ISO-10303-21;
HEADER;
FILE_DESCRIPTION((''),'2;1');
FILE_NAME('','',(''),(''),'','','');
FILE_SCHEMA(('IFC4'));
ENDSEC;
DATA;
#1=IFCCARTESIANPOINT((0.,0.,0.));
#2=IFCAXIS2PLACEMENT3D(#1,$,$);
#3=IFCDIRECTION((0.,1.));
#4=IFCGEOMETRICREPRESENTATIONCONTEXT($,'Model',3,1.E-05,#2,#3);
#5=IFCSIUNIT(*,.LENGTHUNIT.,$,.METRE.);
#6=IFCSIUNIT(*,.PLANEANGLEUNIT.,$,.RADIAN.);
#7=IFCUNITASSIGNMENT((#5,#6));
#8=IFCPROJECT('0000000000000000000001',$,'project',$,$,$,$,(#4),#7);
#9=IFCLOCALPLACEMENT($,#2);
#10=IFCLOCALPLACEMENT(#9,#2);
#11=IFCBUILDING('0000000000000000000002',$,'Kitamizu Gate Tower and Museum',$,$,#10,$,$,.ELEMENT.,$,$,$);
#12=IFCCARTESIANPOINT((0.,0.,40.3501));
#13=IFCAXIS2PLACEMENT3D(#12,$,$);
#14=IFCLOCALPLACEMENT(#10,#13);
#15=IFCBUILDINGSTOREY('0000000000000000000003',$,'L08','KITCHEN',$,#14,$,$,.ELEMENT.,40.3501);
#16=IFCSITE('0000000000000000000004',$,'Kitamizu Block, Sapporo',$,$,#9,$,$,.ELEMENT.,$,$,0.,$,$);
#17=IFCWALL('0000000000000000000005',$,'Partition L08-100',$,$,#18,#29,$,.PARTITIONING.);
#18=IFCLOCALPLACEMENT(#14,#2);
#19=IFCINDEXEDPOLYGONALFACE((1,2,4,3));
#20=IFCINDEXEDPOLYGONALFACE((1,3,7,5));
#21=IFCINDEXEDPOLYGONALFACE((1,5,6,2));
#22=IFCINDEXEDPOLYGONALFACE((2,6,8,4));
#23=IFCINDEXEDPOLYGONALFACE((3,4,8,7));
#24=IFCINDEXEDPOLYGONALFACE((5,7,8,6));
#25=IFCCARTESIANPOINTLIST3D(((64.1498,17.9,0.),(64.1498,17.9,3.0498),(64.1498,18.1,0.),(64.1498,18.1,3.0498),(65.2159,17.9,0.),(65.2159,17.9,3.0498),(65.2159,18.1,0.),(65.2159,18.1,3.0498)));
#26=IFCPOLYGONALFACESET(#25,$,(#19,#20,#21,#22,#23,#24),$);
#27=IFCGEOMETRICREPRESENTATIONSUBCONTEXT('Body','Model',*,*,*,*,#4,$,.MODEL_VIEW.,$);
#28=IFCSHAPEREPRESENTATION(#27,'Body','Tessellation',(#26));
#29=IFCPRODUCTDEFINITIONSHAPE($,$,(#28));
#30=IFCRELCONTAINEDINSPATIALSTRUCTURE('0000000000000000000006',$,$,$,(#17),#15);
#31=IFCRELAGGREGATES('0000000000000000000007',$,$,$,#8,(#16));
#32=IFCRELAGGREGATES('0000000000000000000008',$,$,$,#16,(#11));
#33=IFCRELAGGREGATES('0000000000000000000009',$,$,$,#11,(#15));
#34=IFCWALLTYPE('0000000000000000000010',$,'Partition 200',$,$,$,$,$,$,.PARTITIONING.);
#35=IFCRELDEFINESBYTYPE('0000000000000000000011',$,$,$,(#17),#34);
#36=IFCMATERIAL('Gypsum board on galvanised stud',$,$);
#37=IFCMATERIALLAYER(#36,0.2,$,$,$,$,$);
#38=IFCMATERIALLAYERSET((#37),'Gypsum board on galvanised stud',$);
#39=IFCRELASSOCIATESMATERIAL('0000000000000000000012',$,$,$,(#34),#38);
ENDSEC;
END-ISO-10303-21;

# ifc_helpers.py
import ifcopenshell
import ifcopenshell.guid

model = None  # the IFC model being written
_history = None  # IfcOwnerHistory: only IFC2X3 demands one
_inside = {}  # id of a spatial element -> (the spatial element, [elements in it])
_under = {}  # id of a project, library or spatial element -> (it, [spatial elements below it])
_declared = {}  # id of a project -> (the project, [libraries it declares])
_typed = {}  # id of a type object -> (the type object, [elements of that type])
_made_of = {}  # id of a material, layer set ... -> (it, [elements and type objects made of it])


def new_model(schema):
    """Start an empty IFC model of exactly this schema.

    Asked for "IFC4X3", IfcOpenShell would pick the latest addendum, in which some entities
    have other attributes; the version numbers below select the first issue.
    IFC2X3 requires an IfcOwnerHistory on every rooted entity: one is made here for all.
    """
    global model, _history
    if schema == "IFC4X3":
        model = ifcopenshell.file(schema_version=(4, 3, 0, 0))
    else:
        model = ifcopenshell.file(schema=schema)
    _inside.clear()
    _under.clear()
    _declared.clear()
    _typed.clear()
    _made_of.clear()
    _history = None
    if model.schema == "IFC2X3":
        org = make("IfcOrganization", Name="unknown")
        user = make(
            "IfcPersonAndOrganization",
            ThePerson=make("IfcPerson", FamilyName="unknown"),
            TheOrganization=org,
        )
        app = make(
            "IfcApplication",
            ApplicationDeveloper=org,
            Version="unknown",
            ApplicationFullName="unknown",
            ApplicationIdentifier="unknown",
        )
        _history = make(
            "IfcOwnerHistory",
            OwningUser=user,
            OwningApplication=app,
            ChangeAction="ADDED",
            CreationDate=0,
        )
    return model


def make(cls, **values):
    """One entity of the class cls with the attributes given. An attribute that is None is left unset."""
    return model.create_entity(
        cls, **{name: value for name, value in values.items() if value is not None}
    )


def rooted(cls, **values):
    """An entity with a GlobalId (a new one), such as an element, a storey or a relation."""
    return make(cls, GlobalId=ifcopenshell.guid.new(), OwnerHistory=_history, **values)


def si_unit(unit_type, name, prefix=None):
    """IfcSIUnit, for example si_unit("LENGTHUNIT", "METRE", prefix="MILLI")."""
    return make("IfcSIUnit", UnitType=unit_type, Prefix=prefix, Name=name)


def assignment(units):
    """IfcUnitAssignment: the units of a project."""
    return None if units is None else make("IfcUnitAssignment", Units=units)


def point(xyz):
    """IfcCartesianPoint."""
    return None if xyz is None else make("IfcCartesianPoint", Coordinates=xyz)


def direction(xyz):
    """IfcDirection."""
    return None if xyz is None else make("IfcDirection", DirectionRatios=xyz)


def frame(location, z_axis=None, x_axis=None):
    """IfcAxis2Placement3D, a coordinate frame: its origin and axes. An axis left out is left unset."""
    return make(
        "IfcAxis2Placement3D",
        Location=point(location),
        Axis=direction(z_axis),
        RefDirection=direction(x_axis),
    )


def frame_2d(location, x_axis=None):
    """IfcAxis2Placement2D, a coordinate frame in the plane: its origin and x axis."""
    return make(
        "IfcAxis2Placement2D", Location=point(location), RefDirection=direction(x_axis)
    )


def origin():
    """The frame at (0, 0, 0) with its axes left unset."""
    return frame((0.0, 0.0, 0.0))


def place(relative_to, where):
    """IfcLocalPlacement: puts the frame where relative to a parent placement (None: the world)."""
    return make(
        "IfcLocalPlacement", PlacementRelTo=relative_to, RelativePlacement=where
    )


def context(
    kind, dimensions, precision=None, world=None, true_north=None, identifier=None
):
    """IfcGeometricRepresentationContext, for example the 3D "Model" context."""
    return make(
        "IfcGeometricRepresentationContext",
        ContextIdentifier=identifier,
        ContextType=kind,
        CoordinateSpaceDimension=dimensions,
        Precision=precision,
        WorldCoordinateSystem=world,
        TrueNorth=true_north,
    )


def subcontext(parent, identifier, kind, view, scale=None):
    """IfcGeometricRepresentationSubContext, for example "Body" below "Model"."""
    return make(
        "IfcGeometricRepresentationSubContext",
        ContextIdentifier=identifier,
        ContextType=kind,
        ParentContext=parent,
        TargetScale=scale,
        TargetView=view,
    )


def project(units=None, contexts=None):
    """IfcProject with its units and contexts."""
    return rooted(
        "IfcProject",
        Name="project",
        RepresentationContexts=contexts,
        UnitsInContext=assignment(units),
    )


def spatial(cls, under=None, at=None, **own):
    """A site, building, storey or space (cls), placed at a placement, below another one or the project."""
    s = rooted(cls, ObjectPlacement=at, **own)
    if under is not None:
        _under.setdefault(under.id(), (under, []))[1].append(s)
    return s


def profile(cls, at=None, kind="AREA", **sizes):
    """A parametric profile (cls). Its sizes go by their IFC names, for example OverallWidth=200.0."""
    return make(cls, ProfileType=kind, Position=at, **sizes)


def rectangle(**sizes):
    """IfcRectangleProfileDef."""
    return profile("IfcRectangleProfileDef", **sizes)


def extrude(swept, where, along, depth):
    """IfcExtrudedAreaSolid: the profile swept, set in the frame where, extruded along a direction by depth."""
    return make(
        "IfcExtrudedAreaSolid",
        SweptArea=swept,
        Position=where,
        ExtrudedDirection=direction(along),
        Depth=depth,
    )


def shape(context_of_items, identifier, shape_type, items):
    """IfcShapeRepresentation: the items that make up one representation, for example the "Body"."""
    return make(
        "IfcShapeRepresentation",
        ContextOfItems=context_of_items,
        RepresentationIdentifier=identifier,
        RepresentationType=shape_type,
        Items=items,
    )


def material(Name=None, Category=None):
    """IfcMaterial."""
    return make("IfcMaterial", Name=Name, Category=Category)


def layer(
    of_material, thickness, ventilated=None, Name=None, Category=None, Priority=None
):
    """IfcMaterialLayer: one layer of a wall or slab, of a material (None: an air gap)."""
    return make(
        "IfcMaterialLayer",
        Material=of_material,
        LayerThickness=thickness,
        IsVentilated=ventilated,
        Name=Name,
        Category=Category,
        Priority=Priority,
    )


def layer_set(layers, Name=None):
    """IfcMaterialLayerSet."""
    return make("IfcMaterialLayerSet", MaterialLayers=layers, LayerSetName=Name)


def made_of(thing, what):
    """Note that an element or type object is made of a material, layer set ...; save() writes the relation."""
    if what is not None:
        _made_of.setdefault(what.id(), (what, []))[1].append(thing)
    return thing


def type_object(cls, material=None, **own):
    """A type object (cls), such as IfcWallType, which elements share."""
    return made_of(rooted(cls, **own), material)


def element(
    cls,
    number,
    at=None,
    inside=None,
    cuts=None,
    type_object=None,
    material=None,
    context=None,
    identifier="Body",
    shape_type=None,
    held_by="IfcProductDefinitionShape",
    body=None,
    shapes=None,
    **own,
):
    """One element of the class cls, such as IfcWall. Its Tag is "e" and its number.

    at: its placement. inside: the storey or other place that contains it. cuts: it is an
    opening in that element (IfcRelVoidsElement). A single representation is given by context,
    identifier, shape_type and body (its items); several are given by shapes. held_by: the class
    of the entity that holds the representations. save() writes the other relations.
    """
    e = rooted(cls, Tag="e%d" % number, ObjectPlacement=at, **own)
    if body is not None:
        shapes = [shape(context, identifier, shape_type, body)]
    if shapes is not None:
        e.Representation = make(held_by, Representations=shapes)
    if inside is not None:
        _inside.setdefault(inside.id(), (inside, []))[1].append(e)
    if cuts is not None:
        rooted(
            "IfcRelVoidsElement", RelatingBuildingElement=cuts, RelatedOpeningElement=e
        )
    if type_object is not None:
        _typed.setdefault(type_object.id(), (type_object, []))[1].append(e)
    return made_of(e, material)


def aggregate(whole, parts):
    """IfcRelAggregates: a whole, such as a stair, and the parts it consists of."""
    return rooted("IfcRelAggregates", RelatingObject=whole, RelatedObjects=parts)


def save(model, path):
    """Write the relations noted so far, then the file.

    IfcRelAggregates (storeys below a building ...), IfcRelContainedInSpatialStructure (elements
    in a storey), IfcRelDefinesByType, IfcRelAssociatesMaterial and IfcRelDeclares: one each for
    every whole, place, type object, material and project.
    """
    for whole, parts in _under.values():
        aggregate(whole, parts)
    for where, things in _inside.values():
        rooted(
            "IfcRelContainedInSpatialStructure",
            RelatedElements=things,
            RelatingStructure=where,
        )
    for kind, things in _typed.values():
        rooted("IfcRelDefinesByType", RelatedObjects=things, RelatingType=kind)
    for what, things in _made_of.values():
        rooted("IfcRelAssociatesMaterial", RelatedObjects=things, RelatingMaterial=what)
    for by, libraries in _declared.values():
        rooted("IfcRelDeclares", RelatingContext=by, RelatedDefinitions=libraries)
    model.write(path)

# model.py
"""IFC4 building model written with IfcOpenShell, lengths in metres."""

from ifc_helpers import new_model, si_unit, direction, frame, frame_2d, origin, place, context, subcontext, project, spatial, rectangle, extrude, material, layer, layer_set, type_object, element, save


model = new_model("IFC4")

# Units and contexts
model_context = context("Model", 3, precision=1e-05, world=origin(), true_north=direction((0.0, 1.0)))
body_context = subcontext(model_context, "Body", "Model", "MODEL_VIEW")
ifc_project = project(units=[si_unit("LENGTHUNIT", "METRE"), si_unit("PLANEANGLEUNIT", "RADIAN")], contexts=[model_context])

# Site, building, storey
site_placement = place(None, origin())
site = spatial("IfcSite", under=ifc_project, at=site_placement, Name="Kitamizu Block, Sapporo", CompositionType="ELEMENT", RefElevation=0.0)
building_placement = place(site_placement, origin())
building = spatial("IfcBuilding", under=site, at=building_placement, Name="Kitamizu Gate Tower and Museum", CompositionType="ELEMENT")
storey_placement = place(building_placement, frame((0.0, 0.0, 40.3501)))
storey = spatial("IfcBuildingStorey", under=building, at=storey_placement, Name="L08", Description="KITCHEN", CompositionType="ELEMENT", Elevation=40.3501)

# Wall
ifc_material_1 = material(Name="Gypsum board on galvanised stud")
ifc_layer_1 = layer(ifc_material_1, 0.2)
ifc_layer_set_1 = layer_set([ifc_layer_1], Name="Gypsum board on galvanised stud")
wall_type_1 = type_object("IfcWallType", Name="Partition 200", PredefinedType="PARTITIONING", material=ifc_layer_set_1)
wall_1_placement = place(storey_placement, frame((65.2161, 18.0, 0.0), z_axis=(0.0, 0.0, 1.0), x_axis=(-1.0, 0.0, 0.0)))
element("IfcWall", 1, at=wall_1_placement, inside=storey, type_object=wall_type_1, Name="Partition L08-100", PredefinedType="PARTITIONING", context=body_context, shape_type="SweptSolid", body=[
    extrude(rectangle(XDim=1.0662, YDim=0.2, at=frame_2d((0.5332, 0.0))), origin(), (0.0, 0.0, 1.0), 3.0498),
])

save(model, "model.ifc")
